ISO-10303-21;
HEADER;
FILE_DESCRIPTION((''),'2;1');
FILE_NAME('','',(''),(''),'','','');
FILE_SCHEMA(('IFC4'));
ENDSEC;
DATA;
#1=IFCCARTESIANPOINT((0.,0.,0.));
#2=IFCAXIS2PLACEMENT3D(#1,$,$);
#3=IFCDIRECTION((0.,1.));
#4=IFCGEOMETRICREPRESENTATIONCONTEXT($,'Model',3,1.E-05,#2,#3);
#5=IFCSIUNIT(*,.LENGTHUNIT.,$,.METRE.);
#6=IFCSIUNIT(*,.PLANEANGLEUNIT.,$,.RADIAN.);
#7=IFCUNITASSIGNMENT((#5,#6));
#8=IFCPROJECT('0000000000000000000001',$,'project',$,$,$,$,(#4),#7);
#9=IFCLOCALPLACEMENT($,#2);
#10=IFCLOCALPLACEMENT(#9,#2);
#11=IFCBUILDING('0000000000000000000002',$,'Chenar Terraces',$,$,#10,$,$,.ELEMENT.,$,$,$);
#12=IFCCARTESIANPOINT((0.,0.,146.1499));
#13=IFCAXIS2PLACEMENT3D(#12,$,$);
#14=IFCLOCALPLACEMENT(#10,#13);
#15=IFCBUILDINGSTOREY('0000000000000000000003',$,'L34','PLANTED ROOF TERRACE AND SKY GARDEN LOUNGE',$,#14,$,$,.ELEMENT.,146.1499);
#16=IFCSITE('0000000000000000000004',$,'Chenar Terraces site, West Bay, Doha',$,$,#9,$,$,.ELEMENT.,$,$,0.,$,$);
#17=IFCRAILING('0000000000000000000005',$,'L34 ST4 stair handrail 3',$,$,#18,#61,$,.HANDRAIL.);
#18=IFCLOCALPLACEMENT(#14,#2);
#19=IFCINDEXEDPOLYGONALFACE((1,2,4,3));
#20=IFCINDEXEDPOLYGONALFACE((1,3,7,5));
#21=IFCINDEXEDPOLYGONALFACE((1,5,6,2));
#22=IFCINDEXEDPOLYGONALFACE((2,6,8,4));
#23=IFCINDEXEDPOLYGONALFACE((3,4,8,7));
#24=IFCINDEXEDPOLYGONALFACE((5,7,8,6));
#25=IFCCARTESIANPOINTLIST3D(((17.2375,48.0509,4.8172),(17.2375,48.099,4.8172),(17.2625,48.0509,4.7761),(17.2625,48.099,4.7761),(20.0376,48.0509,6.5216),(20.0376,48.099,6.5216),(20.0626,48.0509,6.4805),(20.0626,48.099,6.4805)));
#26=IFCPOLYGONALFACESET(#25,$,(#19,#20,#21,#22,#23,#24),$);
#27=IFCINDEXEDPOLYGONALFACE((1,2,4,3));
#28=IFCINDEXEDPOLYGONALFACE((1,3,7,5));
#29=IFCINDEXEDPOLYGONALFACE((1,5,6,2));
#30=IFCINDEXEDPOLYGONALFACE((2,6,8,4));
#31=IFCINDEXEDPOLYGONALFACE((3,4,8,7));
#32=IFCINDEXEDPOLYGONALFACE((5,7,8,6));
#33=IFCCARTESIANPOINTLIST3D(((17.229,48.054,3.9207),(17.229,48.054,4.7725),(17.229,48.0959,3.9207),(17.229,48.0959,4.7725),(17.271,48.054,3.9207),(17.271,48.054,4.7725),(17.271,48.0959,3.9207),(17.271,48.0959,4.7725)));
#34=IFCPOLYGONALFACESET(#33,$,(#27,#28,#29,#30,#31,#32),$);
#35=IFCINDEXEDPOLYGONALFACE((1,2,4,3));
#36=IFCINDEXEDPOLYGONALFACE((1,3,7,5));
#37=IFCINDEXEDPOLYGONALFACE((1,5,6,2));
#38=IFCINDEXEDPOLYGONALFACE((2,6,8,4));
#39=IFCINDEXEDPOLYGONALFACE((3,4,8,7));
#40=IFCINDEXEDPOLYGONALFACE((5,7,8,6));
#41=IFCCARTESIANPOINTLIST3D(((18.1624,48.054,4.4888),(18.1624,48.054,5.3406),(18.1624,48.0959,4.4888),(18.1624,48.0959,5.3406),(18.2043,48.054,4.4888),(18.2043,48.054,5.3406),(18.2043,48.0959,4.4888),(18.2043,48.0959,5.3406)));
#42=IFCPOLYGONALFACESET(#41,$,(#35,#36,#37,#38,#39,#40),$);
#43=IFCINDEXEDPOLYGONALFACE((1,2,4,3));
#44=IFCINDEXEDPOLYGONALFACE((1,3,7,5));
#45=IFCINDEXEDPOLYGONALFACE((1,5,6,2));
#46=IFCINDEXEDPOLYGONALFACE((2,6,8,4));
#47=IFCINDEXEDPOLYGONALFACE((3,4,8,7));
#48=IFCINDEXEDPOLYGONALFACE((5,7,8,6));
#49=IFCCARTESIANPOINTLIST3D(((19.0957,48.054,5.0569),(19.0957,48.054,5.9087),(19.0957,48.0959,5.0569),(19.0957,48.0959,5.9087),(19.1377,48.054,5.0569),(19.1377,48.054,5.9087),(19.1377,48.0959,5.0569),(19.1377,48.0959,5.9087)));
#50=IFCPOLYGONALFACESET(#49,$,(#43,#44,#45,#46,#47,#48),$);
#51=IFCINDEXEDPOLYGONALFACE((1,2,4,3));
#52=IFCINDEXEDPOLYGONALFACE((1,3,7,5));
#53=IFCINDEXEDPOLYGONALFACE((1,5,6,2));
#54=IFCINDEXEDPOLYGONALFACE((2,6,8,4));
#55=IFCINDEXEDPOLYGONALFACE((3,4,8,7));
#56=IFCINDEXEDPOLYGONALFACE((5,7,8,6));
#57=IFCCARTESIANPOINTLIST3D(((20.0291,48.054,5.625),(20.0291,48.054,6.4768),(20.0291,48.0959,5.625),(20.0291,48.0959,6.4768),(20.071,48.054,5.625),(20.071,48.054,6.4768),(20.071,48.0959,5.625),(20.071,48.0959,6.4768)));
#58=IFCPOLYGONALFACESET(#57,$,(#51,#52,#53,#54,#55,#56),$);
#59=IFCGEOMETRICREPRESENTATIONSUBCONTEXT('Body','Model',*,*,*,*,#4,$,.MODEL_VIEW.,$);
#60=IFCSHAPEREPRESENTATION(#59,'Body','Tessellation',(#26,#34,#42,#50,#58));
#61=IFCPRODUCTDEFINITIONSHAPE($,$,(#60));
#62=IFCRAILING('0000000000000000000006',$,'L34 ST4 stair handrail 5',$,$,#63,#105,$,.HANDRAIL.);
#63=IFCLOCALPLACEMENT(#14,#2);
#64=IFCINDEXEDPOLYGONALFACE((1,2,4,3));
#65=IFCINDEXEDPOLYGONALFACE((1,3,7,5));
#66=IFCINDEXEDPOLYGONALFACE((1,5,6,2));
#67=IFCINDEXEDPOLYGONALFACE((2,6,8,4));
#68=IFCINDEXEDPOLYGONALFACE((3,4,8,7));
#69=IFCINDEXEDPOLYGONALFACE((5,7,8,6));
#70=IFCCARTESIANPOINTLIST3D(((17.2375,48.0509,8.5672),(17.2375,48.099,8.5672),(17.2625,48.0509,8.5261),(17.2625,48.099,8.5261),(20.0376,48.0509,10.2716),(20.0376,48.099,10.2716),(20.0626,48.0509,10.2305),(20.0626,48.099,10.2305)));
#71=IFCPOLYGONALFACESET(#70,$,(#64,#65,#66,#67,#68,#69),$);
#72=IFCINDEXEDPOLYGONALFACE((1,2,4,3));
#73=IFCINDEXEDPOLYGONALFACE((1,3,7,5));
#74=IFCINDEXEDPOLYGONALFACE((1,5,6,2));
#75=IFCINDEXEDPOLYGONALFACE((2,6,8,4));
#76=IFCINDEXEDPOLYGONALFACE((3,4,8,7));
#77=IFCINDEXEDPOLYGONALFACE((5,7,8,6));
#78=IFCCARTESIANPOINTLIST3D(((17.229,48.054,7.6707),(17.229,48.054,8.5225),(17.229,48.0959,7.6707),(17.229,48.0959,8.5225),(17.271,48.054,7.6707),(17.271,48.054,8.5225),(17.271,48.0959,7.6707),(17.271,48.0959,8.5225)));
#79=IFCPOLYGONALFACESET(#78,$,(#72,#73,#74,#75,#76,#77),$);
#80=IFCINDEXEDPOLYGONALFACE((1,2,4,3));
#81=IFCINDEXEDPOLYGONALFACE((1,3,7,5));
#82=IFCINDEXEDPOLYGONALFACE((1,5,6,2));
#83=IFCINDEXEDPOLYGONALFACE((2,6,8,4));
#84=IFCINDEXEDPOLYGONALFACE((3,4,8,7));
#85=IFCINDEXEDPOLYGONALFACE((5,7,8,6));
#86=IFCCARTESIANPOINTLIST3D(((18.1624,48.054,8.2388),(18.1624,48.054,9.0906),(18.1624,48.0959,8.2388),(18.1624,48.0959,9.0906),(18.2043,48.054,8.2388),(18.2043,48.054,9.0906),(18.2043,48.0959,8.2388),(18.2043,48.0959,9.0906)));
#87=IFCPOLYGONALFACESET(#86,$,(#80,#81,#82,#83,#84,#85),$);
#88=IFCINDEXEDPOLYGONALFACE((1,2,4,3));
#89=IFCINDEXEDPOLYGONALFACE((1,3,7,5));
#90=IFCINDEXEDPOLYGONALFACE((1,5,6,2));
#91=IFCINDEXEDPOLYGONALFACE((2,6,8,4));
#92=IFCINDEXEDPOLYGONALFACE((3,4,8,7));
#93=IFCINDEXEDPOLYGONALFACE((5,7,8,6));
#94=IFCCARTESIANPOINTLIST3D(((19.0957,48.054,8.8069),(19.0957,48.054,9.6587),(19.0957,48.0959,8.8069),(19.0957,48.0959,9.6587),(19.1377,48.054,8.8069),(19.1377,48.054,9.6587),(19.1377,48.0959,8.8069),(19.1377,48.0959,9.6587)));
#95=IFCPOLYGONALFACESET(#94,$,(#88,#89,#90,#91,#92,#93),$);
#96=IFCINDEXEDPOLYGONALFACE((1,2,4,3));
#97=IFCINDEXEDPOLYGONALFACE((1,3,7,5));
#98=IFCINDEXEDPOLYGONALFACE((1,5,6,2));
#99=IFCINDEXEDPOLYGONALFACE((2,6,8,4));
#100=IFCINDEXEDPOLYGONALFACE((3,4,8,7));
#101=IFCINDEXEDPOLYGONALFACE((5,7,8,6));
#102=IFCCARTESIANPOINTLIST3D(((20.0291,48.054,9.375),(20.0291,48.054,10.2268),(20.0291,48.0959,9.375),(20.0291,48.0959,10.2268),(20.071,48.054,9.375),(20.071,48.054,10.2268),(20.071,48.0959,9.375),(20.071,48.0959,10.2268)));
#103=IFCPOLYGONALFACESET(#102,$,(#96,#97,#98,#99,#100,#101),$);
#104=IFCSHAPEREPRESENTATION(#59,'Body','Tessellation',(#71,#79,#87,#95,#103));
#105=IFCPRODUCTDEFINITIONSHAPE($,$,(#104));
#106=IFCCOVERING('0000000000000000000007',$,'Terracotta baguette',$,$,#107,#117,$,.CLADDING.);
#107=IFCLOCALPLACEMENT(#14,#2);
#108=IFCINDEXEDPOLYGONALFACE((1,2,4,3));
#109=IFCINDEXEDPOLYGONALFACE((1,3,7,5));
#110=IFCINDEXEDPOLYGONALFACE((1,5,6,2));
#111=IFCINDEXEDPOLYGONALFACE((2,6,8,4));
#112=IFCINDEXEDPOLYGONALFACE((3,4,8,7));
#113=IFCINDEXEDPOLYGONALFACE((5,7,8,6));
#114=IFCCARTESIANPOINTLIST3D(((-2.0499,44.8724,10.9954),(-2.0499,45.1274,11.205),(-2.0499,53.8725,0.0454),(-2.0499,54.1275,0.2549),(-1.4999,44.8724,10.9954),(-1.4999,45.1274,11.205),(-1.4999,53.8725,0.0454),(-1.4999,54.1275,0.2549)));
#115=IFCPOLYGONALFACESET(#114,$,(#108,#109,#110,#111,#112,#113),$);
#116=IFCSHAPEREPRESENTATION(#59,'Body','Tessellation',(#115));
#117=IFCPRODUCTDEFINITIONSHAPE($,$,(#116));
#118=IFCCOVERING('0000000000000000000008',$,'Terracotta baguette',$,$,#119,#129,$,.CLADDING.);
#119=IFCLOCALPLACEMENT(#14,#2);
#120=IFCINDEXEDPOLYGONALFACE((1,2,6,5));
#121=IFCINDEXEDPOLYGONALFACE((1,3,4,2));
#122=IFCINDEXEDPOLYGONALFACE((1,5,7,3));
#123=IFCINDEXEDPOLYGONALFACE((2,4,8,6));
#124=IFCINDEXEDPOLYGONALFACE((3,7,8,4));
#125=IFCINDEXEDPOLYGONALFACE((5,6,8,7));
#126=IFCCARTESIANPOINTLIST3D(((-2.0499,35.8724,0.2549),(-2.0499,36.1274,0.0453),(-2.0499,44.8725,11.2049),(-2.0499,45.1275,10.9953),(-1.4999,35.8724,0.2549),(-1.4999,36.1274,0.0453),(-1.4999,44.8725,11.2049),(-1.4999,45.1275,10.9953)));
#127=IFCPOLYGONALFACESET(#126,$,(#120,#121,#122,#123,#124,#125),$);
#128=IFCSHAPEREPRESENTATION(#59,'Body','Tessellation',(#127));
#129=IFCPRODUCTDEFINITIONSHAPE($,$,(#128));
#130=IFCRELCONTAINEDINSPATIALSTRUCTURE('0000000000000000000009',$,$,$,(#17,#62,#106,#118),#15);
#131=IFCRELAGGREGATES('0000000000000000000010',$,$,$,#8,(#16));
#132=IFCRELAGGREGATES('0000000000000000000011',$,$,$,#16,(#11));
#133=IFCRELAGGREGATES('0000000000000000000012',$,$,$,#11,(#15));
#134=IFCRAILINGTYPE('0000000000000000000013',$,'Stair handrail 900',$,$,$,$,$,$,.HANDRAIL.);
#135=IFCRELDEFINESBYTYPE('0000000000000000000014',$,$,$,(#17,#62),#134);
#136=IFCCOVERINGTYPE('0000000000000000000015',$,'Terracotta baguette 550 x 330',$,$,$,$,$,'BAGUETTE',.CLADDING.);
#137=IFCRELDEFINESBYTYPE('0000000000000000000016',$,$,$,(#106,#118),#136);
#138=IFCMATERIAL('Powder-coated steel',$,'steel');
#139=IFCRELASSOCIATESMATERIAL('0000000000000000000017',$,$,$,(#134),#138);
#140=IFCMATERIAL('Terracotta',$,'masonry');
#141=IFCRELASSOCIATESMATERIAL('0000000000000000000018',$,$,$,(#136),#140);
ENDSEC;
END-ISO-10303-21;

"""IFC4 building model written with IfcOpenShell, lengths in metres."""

from ifc_helpers import new_model, si_unit, direction, frame, origin, origin_2d, place, context, subcontext, project, spatial, rectangle, extrude, material, material_profile, profile_set, type_object, element, save


model = new_model("IFC4")

# Units and contexts
model_context = context("Model", 3, precision=1e-05, world=origin(), true_north=direction((0.0, 1.0)))
body_context = subcontext(model_context, "Body", "Model", "MODEL_VIEW")
ifc_project = project(units=[si_unit("LENGTHUNIT", "METRE"), si_unit("PLANEANGLEUNIT", "RADIAN")], contexts=[model_context])

# Site, building, storey
site_placement = place(None, origin())
site = spatial("IfcSite", under=ifc_project, at=site_placement, Name="Chenar Terraces site, West Bay, Doha", CompositionType="ELEMENT", RefElevation=0.0)
building_placement = place(site_placement, origin())
building = spatial("IfcBuilding", under=site, at=building_placement, Name="Chenar Terraces", CompositionType="ELEMENT")
storey_placement = place(building_placement, frame((0.0, 0.0, 146.1499)))
storey = spatial("IfcBuildingStorey", under=building, at=storey_placement, Name="L34", Description="PLANTED ROOF TERRACE AND SKY GARDEN LOUNGE", CompositionType="ELEMENT", Elevation=146.1499)

# Railings
ifc_material_1 = material(Name="Powder-coated steel", Category="steel")
railing_type_1 = type_object("IfcRailingType", Name="Stair handrail 900", PredefinedType="HANDRAIL", material=ifc_material_1)
for number, where, name in (
    (1, (17.25, 48.075, 3.9207), "L34 ST4 stair handrail 3"),
    (2, (17.25, 48.075, 7.6707), "L34 ST4 stair handrail 5"),
):
    element("IfcRailing", number, at=place(storey_placement, frame(where)), inside=storey, type_object=railing_type_1, Name=name, PredefinedType="HANDRAIL", context=body_context, shape_type="SweptSolid", body=[
        extrude(rectangle(XDim=0.0481, YDim=0.0481, at=origin_2d()), frame((0.0, 0.0, 0.876), z_axis=(0.854203, 0.0, 0.51994), x_axis=(0.0, 1.0, 0.0)), (0.0, 0.0, 1.0), 3.2781),
        extrude(rectangle(XDim=0.042, YDim=0.042, at=origin_2d()), origin(), (0.0, 0.0, 1.0), 0.8518),
        extrude(rectangle(XDim=0.042, YDim=0.042, at=origin_2d()), frame((0.9333, 0.0, 0.5681)), (0.0, 0.0, 1.0), 0.8518),
        extrude(rectangle(XDim=0.042, YDim=0.042, at=origin_2d()), frame((1.8667, 0.0, 1.1362)), (0.0, 0.0, 1.0), 0.8518),
        extrude(rectangle(XDim=0.042, YDim=0.042, at=origin_2d()), frame((2.8, 0.0, 1.7043)), (0.0, 0.0, 1.0), 0.8518),
    ])

# Coverings
ifc_material_2 = material(Name="Terracotta", Category="masonry")
ifc_material_profile_1 = material_profile(ifc_material_2, rectangle(XDim=0.55, YDim=0.3301, at=origin_2d()), Name="Terracotta baguette 550 x 330")
ifc_profile_set_1 = profile_set([ifc_material_profile_1], Name="Terracotta")
covering_type = type_object("IfcCoveringType", Name="Terracotta baguette 550 x 330", ElementType="BAGUETTE", PredefinedType="CLADDING", material=ifc_profile_set_1)
for number, where, z_axis, x_axis, name in (
    (3, (-1.7749, 54.0, 0.1501), (0.0, -0.634967, 0.772539), (1.0, 0.0, 0.0), "Terracotta baguette"),
    (4, (-1.7749, 45.0, 11.1001), (0.0, -0.634967, -0.772539), (1.0, 0.0, 0.0), "Terracotta baguette"),
):
    element("IfcCovering", number, at=place(storey_placement, frame(where, z_axis=z_axis, x_axis=x_axis)), inside=storey, type_object=covering_type, Name=name, PredefinedType="CLADDING", context=body_context, shape_type="SweptSolid", body=[
        extrude(rectangle(XDim=0.55, YDim=0.3301, at=origin_2d()), origin(), (0.0, 0.0, 1.0), 14.1741),
    ])

save(model, "model.ifc")
